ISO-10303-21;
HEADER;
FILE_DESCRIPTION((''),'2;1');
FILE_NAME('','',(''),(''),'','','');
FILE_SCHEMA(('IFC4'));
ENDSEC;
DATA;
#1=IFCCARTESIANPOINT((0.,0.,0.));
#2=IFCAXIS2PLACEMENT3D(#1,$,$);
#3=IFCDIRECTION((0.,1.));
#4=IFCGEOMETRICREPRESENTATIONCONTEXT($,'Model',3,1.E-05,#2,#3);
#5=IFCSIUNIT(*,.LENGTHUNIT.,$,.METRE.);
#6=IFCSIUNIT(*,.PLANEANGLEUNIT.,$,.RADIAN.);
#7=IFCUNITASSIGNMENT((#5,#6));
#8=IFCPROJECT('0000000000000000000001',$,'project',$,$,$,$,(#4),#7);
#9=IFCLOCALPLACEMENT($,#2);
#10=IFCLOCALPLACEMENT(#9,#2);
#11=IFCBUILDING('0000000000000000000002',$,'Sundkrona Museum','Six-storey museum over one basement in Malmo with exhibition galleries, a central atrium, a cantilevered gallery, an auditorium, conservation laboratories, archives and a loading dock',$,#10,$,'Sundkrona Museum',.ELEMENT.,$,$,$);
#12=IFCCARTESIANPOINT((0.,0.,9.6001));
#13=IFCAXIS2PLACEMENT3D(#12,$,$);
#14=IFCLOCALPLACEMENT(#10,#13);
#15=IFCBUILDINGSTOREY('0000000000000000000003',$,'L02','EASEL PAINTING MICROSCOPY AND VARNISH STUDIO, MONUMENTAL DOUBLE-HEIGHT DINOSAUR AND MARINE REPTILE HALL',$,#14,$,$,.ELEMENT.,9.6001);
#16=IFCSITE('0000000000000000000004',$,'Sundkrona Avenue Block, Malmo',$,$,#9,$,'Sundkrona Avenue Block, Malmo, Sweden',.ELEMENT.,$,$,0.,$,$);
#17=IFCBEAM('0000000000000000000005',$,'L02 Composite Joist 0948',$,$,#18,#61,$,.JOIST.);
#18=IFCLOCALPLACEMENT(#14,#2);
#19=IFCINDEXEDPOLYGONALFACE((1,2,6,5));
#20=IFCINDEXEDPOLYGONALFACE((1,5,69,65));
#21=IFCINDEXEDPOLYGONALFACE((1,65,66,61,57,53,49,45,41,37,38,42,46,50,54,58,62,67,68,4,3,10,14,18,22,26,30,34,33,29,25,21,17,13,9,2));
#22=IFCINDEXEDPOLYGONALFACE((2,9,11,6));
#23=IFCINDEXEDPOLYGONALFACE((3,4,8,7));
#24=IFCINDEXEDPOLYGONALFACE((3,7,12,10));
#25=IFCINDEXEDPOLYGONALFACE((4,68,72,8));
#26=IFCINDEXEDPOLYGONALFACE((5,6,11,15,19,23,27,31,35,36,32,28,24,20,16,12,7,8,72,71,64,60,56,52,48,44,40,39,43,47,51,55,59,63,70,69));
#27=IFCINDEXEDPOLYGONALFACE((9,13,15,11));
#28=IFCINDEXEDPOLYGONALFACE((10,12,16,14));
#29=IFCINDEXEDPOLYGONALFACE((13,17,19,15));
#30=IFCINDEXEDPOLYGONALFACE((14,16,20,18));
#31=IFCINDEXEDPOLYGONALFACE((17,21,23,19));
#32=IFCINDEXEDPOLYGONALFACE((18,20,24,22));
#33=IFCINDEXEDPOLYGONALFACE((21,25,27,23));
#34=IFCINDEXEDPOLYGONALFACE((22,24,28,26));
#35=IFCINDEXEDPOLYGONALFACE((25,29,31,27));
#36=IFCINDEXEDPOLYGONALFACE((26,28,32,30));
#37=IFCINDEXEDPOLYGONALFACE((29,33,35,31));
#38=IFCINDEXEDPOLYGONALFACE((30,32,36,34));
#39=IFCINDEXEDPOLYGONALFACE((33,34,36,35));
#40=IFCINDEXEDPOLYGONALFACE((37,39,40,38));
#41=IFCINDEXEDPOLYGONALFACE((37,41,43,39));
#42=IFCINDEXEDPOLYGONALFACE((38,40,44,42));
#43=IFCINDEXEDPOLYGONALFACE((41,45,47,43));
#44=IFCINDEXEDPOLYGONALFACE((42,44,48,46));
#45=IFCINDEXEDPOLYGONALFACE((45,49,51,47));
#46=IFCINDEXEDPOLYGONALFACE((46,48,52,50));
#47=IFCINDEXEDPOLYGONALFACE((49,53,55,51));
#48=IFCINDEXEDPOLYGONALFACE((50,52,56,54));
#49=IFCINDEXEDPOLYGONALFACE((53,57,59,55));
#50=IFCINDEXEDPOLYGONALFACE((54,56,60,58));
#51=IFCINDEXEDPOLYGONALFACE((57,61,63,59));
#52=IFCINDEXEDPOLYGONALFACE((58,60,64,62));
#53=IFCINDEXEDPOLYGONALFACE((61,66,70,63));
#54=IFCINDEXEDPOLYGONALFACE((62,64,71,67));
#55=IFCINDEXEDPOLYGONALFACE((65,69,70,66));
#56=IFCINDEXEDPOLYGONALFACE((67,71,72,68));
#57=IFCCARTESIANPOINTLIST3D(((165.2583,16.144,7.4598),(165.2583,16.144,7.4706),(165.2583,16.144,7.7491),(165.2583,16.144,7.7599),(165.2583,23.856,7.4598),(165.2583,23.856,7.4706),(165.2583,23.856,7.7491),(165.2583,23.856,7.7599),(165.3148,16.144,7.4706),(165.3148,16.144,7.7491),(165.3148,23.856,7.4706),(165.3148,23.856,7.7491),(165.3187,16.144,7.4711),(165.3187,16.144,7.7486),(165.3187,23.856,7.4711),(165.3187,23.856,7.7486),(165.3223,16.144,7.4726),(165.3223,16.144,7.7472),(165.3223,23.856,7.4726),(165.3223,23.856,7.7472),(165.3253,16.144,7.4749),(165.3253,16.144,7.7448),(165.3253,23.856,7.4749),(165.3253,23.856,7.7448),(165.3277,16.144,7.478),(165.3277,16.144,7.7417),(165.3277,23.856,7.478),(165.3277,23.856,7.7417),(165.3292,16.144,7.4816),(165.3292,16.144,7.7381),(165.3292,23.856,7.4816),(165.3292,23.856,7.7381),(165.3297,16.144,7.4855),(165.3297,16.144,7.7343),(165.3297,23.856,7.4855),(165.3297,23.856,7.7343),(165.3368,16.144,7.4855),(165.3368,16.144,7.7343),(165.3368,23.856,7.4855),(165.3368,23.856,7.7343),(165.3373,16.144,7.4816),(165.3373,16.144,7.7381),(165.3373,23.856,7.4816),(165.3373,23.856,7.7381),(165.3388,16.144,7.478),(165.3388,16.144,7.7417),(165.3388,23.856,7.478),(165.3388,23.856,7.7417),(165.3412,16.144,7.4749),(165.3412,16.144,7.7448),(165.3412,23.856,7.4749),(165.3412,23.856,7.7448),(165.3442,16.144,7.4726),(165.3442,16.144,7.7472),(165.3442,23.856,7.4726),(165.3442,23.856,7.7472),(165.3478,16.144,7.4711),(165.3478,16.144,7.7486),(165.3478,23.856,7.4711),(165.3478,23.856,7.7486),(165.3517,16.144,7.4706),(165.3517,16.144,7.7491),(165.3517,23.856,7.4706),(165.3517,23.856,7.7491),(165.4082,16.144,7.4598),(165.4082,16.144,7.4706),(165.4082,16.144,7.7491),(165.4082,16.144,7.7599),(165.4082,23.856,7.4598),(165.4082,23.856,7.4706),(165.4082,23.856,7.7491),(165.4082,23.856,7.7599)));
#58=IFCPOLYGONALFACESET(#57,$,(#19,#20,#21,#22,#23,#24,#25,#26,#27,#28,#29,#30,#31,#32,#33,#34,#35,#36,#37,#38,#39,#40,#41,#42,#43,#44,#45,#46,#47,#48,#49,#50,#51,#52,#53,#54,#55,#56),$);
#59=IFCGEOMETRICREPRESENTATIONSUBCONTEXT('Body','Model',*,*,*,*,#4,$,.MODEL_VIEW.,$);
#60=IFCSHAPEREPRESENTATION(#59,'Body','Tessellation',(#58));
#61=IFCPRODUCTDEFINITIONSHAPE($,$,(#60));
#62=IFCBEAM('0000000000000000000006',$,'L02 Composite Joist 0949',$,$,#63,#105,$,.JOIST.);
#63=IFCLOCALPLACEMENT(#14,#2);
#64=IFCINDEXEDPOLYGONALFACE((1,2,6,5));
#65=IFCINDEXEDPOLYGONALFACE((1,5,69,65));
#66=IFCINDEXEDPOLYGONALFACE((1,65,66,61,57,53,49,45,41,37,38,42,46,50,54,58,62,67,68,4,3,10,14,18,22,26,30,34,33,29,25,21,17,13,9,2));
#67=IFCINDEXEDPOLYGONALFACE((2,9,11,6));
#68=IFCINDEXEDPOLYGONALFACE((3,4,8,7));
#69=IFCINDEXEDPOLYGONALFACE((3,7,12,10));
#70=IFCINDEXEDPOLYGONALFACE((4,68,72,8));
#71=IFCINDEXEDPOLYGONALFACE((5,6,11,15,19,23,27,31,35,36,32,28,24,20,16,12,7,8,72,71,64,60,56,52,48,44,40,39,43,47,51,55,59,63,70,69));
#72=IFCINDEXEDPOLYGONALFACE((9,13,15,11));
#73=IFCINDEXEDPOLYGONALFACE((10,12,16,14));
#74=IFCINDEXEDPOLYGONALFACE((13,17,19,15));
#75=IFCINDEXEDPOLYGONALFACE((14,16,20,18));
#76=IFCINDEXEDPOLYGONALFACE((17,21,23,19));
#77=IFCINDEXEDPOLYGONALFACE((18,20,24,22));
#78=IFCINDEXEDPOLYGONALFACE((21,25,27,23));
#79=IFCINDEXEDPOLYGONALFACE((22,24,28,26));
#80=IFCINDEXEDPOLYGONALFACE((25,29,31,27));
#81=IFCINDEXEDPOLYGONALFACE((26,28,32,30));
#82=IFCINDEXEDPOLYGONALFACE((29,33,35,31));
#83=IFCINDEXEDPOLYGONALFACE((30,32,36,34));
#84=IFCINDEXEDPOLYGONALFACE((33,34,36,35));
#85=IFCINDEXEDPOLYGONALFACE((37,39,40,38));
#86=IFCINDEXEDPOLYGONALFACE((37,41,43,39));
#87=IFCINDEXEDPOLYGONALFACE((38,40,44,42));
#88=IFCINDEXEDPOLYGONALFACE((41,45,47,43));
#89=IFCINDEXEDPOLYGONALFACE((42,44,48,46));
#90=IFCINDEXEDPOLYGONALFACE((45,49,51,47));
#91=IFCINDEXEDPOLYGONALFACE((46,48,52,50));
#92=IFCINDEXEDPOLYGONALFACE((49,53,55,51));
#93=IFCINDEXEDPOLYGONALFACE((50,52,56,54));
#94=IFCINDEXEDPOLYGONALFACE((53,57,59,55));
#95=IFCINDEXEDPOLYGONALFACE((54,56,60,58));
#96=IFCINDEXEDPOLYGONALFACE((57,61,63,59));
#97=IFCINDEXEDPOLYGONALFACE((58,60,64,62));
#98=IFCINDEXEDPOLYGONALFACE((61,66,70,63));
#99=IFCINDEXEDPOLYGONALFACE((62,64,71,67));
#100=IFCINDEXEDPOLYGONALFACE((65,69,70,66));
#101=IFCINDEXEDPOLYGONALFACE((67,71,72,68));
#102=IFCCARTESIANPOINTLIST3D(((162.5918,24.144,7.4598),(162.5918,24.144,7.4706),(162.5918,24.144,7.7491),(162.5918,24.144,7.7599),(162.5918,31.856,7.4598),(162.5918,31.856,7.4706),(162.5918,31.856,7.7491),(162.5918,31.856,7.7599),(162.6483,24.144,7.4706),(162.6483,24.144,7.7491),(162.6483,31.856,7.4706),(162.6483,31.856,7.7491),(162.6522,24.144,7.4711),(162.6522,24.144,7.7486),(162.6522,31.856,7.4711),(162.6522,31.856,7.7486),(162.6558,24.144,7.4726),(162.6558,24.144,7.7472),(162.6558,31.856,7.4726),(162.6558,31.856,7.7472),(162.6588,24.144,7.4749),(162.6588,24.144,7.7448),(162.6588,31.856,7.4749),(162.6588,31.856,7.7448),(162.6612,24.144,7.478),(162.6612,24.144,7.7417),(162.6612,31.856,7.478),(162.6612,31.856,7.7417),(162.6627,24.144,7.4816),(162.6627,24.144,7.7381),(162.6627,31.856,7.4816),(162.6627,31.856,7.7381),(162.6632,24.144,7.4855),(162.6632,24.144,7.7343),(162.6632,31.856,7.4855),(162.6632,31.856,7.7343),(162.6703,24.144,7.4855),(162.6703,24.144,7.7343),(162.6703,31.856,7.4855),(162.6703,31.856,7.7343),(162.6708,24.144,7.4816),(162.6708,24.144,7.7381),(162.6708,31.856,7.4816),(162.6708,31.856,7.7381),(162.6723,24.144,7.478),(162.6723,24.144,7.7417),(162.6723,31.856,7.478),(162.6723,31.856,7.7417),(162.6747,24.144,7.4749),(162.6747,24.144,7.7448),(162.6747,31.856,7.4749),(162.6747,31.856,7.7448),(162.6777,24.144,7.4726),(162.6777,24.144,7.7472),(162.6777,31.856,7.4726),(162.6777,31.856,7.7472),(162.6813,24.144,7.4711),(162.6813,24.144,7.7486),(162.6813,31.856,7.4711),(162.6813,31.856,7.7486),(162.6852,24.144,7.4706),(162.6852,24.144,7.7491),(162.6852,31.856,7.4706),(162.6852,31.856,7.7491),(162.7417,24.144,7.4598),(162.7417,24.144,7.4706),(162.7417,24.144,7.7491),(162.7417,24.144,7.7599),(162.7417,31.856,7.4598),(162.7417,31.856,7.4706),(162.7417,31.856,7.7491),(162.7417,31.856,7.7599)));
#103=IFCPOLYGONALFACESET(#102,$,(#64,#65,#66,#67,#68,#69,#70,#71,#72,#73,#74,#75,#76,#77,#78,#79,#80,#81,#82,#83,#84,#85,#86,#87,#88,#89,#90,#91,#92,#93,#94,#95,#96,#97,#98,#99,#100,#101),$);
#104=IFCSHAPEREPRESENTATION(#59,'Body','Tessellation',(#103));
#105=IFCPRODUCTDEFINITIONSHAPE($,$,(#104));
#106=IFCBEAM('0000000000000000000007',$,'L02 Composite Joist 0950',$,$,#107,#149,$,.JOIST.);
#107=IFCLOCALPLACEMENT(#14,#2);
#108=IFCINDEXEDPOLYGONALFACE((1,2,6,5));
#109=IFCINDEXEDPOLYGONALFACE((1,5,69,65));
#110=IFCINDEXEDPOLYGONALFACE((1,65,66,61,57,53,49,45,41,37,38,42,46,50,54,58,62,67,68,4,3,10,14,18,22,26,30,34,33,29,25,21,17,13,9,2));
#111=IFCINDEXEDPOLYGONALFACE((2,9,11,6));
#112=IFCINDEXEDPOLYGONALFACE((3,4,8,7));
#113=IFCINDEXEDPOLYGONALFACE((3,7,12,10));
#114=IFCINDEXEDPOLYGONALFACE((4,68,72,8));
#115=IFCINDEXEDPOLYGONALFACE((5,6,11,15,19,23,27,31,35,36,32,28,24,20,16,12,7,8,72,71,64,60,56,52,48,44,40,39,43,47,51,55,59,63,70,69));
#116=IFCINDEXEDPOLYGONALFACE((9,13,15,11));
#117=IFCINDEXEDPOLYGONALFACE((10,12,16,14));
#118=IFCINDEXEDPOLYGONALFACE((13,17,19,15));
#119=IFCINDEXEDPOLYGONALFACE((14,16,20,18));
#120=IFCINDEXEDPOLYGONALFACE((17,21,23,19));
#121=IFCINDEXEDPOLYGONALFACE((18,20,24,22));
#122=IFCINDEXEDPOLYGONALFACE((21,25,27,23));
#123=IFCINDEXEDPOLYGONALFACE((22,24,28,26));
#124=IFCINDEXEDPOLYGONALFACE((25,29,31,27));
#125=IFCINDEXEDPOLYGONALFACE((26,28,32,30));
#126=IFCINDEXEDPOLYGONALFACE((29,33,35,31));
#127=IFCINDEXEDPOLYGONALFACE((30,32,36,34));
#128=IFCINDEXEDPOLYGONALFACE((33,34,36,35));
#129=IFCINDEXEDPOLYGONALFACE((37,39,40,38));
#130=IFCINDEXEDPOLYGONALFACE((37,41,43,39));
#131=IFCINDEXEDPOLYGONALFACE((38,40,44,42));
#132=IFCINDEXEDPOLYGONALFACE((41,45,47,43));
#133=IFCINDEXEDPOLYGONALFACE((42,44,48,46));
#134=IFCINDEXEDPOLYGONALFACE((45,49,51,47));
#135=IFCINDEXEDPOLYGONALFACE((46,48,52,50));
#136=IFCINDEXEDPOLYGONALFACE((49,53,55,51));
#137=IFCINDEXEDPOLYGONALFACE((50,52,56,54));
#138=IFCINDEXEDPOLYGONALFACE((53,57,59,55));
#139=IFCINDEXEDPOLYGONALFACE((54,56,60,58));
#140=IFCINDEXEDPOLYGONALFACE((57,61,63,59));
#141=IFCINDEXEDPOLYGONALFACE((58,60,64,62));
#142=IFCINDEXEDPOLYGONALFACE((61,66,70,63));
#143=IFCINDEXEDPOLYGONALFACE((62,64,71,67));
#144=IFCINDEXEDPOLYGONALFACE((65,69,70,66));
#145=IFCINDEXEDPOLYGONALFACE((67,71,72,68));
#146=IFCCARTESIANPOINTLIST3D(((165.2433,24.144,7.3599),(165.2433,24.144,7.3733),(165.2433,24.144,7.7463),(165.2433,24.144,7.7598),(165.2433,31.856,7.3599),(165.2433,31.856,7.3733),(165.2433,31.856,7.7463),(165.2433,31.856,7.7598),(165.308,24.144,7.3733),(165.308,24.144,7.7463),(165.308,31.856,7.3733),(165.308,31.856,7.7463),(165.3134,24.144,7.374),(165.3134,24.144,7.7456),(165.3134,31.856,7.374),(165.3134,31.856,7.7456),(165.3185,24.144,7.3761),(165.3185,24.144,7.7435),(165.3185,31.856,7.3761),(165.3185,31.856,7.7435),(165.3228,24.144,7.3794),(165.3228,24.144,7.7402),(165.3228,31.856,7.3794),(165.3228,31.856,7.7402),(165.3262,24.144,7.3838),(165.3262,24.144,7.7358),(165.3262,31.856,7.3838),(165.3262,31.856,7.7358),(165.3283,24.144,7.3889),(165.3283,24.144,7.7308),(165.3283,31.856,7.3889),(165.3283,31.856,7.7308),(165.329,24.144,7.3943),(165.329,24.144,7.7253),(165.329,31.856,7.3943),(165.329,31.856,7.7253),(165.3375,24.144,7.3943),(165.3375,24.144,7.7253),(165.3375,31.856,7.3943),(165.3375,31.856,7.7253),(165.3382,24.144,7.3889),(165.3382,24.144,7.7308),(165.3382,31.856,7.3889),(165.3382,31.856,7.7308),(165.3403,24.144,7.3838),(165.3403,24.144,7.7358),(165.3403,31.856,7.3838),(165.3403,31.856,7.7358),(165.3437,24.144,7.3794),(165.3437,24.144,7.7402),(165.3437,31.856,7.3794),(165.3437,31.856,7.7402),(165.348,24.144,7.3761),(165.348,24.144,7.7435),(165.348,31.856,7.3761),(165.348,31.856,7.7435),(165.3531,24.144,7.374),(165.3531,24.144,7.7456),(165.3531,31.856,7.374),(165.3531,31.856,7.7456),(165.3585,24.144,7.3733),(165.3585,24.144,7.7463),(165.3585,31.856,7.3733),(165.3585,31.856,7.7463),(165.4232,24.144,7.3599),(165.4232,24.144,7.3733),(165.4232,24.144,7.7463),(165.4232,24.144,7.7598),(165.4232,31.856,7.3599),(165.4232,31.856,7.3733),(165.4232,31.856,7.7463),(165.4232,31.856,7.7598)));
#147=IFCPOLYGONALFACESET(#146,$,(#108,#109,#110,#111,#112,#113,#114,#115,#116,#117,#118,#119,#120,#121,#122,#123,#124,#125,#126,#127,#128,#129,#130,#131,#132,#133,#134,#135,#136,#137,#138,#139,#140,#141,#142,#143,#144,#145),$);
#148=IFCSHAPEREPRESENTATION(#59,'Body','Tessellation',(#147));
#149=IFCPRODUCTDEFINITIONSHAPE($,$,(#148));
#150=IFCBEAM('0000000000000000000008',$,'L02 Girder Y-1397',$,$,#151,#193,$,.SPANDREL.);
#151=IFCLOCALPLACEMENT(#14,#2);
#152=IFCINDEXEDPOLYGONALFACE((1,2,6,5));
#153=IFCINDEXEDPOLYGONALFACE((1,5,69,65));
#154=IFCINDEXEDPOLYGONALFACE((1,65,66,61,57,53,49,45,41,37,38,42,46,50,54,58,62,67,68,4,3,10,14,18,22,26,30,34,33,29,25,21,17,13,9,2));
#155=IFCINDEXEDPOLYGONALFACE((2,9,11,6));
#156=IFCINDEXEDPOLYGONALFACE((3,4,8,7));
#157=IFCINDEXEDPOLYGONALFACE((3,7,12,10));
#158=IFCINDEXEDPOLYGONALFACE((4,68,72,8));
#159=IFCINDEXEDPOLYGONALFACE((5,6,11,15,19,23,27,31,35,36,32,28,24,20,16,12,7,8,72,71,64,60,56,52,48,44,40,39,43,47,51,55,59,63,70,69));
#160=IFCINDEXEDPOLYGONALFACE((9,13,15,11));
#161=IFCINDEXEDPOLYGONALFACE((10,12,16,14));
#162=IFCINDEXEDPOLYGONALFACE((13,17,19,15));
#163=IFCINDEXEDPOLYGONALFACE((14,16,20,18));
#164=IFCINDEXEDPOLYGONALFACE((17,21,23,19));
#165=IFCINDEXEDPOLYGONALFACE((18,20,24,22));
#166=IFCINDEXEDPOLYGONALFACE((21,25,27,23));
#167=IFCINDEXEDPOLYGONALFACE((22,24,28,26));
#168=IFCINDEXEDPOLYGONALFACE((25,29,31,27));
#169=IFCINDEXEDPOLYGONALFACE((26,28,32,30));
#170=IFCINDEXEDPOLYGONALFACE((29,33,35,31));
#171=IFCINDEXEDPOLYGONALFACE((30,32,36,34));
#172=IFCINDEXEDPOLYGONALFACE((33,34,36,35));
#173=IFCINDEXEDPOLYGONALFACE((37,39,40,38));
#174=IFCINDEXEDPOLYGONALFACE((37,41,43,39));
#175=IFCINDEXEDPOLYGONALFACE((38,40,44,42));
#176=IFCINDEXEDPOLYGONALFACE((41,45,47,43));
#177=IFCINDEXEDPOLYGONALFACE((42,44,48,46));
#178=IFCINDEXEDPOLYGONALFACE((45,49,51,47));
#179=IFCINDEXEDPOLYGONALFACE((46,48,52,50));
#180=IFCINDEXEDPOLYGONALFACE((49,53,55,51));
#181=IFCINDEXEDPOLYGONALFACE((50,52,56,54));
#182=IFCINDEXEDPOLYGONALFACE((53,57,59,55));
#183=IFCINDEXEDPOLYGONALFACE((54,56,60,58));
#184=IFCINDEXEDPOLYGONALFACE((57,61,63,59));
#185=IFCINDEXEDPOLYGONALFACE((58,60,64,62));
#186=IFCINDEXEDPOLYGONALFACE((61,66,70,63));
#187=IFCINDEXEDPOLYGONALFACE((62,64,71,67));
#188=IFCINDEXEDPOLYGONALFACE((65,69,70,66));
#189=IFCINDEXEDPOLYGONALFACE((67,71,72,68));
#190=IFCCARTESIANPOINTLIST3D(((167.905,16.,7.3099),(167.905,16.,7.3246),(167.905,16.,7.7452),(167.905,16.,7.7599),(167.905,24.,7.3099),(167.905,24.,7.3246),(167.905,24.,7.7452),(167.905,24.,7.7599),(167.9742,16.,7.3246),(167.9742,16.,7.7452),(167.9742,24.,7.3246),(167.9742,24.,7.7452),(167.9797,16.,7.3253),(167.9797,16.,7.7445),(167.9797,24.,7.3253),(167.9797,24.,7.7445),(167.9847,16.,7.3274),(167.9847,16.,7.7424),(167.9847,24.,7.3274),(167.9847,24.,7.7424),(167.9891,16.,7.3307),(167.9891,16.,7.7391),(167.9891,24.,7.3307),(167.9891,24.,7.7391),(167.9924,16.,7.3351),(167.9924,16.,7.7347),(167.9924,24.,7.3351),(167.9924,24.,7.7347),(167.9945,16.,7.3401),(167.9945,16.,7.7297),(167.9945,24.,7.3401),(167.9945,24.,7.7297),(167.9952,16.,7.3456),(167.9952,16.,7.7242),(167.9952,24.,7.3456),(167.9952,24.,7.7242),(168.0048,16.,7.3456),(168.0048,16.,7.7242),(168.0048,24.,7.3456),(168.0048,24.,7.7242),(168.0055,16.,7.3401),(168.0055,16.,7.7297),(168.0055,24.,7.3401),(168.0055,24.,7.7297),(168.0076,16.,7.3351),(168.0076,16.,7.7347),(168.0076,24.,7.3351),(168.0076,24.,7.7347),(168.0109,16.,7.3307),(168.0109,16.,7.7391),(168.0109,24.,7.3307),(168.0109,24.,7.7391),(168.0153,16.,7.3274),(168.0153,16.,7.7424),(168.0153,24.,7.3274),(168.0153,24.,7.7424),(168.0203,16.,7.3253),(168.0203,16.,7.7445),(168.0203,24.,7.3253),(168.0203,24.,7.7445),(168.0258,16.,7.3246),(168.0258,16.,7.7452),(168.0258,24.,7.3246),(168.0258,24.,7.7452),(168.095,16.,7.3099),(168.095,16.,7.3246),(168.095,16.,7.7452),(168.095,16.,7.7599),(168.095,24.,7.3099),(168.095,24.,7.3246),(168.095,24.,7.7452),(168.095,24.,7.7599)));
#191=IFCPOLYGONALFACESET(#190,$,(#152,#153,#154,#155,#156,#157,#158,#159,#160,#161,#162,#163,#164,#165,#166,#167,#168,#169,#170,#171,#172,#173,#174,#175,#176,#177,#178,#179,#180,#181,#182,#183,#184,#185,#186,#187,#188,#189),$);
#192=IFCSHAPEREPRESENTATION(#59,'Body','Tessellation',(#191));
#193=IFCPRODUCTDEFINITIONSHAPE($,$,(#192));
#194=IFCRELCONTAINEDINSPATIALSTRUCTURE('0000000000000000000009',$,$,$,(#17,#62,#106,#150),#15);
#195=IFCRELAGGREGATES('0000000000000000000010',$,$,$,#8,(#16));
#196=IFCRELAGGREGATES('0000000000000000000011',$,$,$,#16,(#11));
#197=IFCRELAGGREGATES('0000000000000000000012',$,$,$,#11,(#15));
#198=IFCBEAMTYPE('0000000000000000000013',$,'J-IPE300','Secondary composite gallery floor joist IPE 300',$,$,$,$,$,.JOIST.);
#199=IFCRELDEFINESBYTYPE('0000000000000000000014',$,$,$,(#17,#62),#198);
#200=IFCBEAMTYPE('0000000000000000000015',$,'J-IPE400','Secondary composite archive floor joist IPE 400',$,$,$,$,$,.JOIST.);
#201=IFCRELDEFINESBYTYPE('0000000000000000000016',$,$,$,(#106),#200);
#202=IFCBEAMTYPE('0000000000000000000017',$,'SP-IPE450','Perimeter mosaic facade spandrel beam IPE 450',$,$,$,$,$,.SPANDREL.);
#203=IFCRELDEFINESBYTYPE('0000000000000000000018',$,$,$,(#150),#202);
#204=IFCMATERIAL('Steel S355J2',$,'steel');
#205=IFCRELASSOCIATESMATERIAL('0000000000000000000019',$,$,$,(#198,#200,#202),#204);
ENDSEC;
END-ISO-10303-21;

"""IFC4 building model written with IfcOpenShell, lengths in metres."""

from ifc_helpers import new_model, si_unit, direction, frame, origin, origin_2d, place, context, subcontext, project, spatial, i_section, extrude, material, material_profile, profile_set, type_object, element, save


model = new_model("IFC4")

# Units and contexts
model_context = context("Model", 3, precision=1e-05, world=origin(), true_north=direction((0.0, 1.0)))
body_context = subcontext(model_context, "Body", "Model", "MODEL_VIEW")
ifc_project = project(units=[si_unit("LENGTHUNIT", "METRE"), si_unit("PLANEANGLEUNIT", "RADIAN")], contexts=[model_context])

# Site, building, storey
site_placement = place(None, origin())
site = spatial("IfcSite", under=ifc_project, at=site_placement, Name="Sundkrona Avenue Block, Malmo", LongName="Sundkrona Avenue Block, Malmo, Sweden", CompositionType="ELEMENT", RefElevation=0.0)
building_placement = place(site_placement, origin())
building = spatial("IfcBuilding", under=site, at=building_placement, Name="Sundkrona Museum", Description="Six-storey museum over one basement in Malmo with exhibition galleries, a central atrium, a cantilevered gallery, an auditorium, conservation laboratories, archives and a loading dock", LongName="Sundkrona Museum", CompositionType="ELEMENT")
storey_placement = place(building_placement, frame((0.0, 0.0, 9.6001)))
storey = spatial("IfcBuildingStorey", under=building, at=storey_placement, Name="L02", Description="EASEL PAINTING MICROSCOPY AND VARNISH STUDIO, MONUMENTAL DOUBLE-HEIGHT DINOSAUR AND MARINE REPTILE HALL", CompositionType="ELEMENT", Elevation=9.6001)

# Shared definitions
ifc_material_1 = material(Name="Steel S355J2", Category="steel")

# Beams
ifc_material_profile_1 = material_profile(ifc_material_1, i_section(OverallWidth=0.1499, OverallDepth=0.3, WebThickness=0.0071, FlangeThickness=0.0107, FilletRadius=0.0149, at=origin_2d()), Name="IPE 300")
ifc_profile_set_1 = profile_set([ifc_material_profile_1], Name="Steel S355J2")
beam_type_1 = type_object("IfcBeamType", Name="J-IPE300", Description="Secondary composite gallery floor joist IPE 300", PredefinedType="JOIST", material=ifc_profile_set_1)
for number, where, z_axis, x_axis, name in (
    (1, (165.3333, 16.144, 7.6099), (0.0, 1.0, 0.0), (-1.0, 0.0, 0.0), "L02 Composite Joist 0948"),
    (2, (162.6667, 24.144, 7.6099), (0.0, 1.0, 0.0), (-1.0, 0.0, 0.0), "L02 Composite Joist 0949"),
):
    element("IfcBeam", number, at=place(storey_placement, frame(where, z_axis=z_axis, x_axis=x_axis)), inside=storey, type_object=beam_type_1, Name=name, PredefinedType="JOIST", context=body_context, shape_type="SweptSolid", body=[
        extrude(i_section(OverallWidth=0.1499, OverallDepth=0.3, WebThickness=0.0071, FlangeThickness=0.0107, FilletRadius=0.0149, at=origin_2d()), origin(), (0.0, 0.0, 1.0), 7.7119),
    ])
ifc_material_profile_2 = material_profile(ifc_material_1, i_section(OverallWidth=0.1799, OverallDepth=0.3999, WebThickness=0.0085, FlangeThickness=0.0134, FilletRadius=0.021, at=origin_2d()), Name="IPE 400")
ifc_profile_set_2 = profile_set([ifc_material_profile_2], Name="Steel S355J2")
beam_type_2 = type_object("IfcBeamType", Name="J-IPE400", Description="Secondary composite archive floor joist IPE 400", PredefinedType="JOIST", material=ifc_profile_set_2)
beam_1_placement = place(storey_placement, frame((165.3333, 24.144, 7.5598), z_axis=(0.0, 1.0, 0.0), x_axis=(-1.0, 0.0, 0.0)))
element("IfcBeam", 3, at=beam_1_placement, inside=storey, type_object=beam_type_2, Name="L02 Composite Joist 0950", PredefinedType="JOIST", context=body_context, shape_type="SweptSolid", body=[
    extrude(i_section(OverallWidth=0.1799, OverallDepth=0.3999, WebThickness=0.0085, FlangeThickness=0.0134, FilletRadius=0.021, at=origin_2d()), origin(), (0.0, 0.0, 1.0), 7.7119),
])
ifc_material_profile_3 = material_profile(ifc_material_1, i_section(OverallWidth=0.1899, OverallDepth=0.45, WebThickness=0.0095, FlangeThickness=0.0146, FilletRadius=0.021, at=origin_2d()), Name="IPE 450")
ifc_profile_set_3 = profile_set([ifc_material_profile_3], Name="Steel S355J2")
beam_type_3 = type_object("IfcBeamType", Name="SP-IPE450", Description="Perimeter mosaic facade spandrel beam IPE 450", PredefinedType="SPANDREL", material=ifc_profile_set_3)
for number, where, z_axis, x_axis, name in (
    (4, (168.0, 16.0, 7.5349), (0.0, 1.0, 0.0), (-1.0, 0.0, 0.0), "L02 Girder Y-1397"),
):
    element("IfcBeam", number, at=place(storey_placement, frame(where, z_axis=z_axis, x_axis=x_axis)), inside=storey, type_object=beam_type_3, Name=name, PredefinedType="SPANDREL", context=body_context, shape_type="SweptSolid", body=[
        extrude(i_section(OverallWidth=0.1899, OverallDepth=0.45, WebThickness=0.0095, FlangeThickness=0.0146, FilletRadius=0.021, at=origin_2d()), origin(), (0.0, 0.0, 1.0), 8.0),
    ])

save(model, "model.ifc")
